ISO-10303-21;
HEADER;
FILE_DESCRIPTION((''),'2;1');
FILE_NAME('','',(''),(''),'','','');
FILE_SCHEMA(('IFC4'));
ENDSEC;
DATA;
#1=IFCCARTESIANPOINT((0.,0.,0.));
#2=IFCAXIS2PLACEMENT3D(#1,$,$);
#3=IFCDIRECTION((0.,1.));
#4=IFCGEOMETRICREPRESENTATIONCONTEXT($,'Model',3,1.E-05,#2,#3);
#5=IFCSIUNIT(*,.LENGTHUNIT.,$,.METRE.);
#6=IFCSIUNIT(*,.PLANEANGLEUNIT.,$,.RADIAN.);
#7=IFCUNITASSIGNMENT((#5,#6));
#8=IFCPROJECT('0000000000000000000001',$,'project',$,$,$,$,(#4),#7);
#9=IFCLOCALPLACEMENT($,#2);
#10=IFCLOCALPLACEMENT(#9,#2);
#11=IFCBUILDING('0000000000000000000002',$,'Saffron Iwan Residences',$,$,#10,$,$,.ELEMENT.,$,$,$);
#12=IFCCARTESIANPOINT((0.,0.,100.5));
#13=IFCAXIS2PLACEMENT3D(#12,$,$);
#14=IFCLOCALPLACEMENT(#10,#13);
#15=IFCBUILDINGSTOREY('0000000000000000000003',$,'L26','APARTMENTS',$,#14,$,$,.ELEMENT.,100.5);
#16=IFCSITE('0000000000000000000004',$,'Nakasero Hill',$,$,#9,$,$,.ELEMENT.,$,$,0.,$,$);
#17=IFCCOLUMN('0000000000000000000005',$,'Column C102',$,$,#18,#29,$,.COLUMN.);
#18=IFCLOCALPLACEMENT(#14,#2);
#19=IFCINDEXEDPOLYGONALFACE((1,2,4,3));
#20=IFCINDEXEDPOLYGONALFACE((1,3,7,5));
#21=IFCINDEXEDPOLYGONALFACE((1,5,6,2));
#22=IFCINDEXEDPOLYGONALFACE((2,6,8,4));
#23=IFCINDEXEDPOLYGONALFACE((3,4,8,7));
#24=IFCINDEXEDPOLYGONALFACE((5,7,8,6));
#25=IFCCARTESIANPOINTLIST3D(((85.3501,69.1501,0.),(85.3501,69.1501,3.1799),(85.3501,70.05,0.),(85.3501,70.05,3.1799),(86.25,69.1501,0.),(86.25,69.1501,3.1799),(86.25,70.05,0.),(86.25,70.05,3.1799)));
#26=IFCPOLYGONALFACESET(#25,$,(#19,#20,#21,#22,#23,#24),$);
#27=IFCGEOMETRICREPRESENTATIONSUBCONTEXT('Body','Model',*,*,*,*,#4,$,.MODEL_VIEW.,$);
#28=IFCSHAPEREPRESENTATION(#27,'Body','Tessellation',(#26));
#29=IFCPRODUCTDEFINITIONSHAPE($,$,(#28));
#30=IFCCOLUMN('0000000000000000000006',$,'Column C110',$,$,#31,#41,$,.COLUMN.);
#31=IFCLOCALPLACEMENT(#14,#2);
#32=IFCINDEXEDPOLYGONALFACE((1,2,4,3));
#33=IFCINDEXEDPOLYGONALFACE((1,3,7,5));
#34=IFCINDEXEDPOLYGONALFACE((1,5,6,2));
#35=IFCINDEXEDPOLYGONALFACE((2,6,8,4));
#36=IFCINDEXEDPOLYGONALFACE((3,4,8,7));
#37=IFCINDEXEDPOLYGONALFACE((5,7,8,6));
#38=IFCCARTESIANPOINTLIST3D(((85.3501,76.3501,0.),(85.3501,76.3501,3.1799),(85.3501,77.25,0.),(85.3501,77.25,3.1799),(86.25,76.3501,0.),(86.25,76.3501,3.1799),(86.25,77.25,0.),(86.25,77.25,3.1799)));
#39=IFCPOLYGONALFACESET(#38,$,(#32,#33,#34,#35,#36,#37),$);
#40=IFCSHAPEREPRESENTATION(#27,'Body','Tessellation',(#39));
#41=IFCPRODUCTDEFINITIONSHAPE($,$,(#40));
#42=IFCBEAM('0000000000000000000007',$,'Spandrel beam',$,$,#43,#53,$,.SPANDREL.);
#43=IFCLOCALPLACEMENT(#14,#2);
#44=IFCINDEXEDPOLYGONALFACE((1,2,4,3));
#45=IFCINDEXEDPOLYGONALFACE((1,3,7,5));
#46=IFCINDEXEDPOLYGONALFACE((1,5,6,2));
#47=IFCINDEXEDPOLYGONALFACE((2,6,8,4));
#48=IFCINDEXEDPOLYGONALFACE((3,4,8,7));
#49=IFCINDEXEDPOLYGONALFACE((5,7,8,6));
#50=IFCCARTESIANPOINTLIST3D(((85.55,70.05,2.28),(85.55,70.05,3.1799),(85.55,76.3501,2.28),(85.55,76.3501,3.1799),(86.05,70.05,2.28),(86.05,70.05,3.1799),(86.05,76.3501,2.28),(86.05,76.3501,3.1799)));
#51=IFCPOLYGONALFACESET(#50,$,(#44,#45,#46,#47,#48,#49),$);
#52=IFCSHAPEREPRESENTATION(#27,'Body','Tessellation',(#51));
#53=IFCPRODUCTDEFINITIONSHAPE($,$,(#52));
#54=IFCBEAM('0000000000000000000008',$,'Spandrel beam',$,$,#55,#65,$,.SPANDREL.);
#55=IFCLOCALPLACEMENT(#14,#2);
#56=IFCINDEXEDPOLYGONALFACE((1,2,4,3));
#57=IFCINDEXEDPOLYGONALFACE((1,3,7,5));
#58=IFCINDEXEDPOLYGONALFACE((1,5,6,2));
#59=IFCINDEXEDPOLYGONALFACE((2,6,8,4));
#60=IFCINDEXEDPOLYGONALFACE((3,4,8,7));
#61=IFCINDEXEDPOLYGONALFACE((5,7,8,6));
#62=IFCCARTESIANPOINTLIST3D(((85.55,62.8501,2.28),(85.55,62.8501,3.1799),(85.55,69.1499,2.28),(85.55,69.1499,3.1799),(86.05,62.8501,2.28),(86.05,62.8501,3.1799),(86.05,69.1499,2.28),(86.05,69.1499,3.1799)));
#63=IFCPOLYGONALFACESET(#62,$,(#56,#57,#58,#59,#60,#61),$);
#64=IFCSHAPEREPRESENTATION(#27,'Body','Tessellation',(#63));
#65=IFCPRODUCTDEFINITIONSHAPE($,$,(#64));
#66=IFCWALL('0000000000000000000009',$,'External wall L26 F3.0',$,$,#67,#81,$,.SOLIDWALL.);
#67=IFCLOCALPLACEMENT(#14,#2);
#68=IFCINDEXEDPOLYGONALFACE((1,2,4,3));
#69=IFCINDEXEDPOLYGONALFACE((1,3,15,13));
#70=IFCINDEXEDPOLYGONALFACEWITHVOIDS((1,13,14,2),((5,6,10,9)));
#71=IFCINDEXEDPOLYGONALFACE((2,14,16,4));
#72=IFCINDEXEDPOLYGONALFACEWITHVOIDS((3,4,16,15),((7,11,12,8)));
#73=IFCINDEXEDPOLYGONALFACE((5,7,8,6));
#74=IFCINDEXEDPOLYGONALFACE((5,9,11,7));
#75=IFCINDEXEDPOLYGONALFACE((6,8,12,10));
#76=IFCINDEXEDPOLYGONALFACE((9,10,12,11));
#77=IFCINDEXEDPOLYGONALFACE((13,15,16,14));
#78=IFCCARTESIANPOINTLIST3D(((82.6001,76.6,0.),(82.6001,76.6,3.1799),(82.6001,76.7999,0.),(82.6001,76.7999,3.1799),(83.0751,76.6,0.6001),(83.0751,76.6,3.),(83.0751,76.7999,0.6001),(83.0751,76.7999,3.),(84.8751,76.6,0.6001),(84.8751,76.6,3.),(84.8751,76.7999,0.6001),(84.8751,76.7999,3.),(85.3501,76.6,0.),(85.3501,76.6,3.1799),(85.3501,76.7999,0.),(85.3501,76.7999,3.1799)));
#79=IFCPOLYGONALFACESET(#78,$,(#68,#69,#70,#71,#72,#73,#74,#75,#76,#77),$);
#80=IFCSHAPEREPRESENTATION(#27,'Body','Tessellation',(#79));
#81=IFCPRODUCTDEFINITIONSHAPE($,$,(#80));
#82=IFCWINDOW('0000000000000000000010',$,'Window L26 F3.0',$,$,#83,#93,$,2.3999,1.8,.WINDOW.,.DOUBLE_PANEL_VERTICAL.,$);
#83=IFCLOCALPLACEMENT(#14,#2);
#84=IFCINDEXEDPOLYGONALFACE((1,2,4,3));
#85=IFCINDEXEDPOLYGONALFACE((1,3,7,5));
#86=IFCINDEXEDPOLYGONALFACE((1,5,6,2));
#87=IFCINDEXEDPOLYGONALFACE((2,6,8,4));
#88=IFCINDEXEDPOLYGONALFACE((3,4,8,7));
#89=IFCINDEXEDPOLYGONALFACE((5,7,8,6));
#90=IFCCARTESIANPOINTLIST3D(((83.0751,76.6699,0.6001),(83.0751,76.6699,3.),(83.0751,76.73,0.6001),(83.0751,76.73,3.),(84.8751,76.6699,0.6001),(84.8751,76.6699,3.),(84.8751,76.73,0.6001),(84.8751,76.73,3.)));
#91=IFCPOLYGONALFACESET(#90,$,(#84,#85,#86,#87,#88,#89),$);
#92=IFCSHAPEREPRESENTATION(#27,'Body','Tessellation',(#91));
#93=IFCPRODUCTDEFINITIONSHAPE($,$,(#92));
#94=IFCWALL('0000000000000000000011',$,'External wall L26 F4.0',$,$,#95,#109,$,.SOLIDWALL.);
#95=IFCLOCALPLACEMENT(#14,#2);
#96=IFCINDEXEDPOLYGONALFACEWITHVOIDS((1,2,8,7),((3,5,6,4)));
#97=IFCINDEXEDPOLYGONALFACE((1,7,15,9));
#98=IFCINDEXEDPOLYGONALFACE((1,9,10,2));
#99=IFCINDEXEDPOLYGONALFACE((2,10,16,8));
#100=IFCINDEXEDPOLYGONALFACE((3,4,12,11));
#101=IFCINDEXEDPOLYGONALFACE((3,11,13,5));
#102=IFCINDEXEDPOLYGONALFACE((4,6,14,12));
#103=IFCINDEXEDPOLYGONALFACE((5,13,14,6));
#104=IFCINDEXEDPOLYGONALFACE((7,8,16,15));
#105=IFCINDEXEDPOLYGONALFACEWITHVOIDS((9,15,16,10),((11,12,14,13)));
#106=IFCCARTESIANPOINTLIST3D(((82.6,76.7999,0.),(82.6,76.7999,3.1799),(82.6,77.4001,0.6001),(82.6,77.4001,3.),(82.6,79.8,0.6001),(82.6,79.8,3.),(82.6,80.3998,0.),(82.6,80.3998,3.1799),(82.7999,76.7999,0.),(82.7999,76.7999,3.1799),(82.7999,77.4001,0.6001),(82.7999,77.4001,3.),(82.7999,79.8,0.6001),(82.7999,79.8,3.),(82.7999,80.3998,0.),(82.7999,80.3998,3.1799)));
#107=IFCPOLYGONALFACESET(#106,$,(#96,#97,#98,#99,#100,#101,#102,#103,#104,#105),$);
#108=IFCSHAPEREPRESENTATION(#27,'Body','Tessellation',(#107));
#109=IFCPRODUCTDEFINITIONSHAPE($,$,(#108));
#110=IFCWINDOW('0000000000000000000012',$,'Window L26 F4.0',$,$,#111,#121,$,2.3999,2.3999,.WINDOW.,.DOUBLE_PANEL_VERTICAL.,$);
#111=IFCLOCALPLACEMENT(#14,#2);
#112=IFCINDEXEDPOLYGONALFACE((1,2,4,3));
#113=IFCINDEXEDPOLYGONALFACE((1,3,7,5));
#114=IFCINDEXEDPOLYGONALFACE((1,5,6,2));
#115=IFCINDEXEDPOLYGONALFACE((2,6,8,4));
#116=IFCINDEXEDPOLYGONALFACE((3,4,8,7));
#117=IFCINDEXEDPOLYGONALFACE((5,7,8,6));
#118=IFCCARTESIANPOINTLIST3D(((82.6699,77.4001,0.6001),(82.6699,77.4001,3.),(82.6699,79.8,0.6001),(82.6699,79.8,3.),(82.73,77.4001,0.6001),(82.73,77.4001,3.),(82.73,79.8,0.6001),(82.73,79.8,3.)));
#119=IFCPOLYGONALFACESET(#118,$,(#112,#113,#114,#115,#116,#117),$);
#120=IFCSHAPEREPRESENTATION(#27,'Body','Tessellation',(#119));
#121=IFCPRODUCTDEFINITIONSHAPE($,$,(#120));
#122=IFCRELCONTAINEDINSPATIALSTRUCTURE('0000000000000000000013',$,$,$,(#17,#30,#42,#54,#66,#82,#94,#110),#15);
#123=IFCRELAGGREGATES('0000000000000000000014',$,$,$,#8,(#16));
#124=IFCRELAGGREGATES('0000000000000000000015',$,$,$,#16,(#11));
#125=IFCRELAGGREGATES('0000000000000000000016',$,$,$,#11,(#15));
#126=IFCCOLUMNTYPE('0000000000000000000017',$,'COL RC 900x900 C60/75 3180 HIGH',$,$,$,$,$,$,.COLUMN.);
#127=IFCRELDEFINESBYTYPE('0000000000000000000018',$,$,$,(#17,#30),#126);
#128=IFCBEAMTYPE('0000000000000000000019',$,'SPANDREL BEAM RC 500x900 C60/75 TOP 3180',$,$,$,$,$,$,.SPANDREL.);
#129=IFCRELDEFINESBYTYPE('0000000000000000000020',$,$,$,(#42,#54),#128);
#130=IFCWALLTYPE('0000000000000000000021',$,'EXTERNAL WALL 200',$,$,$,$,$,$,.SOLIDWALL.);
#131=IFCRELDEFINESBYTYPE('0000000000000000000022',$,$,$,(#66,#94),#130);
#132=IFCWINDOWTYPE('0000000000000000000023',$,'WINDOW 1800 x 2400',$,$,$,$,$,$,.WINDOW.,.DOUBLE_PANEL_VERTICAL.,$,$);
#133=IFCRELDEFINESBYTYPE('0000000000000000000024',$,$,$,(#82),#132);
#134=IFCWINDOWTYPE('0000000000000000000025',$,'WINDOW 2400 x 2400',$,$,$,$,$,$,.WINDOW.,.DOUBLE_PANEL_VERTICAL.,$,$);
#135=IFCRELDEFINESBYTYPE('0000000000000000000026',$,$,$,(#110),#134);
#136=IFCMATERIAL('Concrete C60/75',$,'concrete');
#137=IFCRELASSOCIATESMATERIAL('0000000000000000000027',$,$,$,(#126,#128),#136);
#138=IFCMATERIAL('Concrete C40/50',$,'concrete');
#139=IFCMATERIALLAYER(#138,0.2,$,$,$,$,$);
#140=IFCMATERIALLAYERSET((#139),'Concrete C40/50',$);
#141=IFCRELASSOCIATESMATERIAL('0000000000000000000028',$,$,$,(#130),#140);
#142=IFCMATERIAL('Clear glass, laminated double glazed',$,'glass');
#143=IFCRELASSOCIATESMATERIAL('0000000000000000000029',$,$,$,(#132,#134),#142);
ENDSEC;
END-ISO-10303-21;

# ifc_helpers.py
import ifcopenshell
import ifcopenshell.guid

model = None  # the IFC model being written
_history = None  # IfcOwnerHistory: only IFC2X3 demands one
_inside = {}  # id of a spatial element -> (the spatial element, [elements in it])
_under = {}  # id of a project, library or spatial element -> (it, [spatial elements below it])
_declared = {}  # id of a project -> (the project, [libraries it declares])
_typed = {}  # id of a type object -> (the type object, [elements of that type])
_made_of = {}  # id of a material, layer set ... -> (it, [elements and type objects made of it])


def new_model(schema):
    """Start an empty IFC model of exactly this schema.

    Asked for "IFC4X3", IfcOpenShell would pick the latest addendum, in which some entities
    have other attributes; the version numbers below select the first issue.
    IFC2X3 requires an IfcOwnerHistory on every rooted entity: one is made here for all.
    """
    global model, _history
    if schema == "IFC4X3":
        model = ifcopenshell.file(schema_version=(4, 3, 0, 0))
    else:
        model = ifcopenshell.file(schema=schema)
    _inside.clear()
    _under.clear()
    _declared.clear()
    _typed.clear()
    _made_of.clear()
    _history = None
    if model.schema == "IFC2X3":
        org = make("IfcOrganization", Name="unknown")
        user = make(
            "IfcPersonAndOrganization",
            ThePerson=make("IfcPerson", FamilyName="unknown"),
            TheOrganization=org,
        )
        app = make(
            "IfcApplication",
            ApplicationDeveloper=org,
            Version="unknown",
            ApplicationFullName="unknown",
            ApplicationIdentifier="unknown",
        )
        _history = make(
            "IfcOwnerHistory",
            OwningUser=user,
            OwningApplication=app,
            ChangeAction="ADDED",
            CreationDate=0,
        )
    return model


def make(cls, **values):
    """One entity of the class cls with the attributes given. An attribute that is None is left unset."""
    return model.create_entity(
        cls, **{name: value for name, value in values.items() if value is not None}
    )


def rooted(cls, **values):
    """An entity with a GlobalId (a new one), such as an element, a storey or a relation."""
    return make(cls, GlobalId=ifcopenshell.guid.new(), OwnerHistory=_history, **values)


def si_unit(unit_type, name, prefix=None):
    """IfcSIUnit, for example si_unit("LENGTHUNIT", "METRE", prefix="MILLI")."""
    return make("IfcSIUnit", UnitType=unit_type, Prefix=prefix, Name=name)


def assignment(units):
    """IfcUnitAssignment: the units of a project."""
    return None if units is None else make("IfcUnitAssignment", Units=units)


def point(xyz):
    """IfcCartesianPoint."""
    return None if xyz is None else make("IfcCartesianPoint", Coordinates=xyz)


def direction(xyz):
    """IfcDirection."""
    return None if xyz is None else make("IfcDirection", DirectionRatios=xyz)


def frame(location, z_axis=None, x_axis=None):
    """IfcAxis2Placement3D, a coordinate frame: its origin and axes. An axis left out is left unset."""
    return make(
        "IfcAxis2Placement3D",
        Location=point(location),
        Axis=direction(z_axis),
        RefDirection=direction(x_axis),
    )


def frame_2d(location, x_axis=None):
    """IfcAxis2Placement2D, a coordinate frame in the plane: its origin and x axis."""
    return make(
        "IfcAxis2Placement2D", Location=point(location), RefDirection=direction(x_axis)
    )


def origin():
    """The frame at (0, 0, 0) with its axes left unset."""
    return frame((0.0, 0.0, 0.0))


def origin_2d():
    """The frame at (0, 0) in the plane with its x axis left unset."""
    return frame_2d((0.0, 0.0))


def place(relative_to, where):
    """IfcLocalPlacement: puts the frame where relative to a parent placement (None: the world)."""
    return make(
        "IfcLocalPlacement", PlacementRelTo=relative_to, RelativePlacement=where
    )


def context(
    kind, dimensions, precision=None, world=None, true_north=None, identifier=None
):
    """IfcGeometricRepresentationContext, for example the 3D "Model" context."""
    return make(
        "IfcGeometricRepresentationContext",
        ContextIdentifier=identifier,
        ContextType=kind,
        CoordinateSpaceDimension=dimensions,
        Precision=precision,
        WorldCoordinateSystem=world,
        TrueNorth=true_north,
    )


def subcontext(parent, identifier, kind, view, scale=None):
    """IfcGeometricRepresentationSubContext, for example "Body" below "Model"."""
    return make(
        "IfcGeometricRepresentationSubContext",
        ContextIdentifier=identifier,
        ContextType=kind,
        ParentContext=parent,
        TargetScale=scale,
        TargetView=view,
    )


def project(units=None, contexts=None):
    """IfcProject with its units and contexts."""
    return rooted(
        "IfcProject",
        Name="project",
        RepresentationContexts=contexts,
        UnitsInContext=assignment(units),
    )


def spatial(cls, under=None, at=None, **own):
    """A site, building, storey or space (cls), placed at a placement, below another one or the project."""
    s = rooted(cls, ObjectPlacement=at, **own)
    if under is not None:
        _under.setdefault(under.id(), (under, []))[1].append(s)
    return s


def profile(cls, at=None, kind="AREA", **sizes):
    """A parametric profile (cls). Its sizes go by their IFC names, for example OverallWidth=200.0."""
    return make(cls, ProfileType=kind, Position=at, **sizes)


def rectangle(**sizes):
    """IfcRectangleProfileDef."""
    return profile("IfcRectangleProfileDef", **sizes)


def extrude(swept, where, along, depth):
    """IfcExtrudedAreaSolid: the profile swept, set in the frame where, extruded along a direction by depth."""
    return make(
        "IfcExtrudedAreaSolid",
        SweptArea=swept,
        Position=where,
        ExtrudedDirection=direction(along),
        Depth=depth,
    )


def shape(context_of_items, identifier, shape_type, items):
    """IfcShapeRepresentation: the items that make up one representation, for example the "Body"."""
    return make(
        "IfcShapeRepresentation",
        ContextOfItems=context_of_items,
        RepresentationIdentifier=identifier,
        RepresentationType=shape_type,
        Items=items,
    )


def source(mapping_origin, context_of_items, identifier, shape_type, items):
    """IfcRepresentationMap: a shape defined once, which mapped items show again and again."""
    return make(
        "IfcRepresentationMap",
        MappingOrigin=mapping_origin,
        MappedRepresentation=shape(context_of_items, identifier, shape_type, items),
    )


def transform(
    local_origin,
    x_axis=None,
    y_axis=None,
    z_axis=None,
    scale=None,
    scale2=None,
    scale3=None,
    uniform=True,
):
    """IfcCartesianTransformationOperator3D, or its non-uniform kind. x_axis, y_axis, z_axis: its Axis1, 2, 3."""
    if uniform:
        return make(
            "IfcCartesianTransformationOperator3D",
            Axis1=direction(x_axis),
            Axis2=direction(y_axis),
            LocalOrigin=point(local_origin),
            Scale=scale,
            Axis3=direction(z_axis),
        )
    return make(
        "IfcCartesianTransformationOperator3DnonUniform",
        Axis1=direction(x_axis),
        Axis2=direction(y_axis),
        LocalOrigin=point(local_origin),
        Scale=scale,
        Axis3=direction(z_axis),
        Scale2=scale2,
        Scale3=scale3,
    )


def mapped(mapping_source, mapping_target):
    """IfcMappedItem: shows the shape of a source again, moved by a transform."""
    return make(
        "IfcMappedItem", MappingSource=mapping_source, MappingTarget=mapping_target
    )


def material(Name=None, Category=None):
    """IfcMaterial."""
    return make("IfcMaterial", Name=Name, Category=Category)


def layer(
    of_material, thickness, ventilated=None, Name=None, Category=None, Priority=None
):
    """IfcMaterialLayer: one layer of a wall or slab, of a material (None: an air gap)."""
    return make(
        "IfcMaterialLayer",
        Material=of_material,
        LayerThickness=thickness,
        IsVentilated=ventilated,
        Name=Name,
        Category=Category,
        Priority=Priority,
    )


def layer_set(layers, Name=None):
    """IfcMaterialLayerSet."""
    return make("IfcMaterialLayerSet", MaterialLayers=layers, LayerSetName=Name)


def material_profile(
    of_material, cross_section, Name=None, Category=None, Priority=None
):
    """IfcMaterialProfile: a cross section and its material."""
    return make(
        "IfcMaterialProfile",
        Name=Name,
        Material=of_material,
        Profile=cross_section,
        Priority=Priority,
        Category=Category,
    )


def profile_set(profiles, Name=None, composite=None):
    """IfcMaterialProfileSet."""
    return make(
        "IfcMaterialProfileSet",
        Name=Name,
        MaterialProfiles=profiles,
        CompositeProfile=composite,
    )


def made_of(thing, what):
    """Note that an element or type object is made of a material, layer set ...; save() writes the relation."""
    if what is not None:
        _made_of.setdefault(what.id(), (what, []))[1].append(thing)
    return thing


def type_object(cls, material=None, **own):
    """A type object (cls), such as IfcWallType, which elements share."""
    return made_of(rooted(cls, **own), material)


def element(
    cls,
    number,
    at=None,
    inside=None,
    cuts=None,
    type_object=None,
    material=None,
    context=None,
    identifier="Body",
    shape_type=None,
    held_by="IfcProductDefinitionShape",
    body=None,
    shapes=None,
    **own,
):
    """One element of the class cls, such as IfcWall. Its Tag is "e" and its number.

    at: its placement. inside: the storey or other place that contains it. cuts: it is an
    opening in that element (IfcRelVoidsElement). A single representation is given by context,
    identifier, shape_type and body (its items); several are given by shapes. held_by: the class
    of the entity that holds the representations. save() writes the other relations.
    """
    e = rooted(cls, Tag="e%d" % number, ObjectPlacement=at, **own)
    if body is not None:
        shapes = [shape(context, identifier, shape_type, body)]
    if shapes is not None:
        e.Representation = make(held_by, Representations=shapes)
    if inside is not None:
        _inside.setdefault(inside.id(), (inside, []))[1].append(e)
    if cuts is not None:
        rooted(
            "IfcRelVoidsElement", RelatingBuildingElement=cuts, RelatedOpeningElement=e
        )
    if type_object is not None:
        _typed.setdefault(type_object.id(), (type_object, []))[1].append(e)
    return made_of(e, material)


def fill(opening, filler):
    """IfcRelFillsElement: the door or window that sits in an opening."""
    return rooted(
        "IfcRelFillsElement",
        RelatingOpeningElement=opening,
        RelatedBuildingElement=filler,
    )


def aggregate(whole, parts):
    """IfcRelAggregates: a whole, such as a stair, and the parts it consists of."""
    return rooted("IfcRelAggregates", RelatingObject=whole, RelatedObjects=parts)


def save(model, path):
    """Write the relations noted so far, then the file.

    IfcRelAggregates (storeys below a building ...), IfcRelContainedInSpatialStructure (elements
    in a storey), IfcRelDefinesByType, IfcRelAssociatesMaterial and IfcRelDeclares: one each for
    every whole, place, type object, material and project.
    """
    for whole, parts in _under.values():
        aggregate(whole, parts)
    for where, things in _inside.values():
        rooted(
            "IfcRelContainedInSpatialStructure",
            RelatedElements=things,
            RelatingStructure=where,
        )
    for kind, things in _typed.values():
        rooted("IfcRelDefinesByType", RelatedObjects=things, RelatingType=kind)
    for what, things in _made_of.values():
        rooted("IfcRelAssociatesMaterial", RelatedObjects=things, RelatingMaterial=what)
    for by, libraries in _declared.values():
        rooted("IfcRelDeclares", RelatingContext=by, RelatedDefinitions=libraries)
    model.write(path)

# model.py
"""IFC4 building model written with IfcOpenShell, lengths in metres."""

from ifc_helpers import new_model, si_unit, direction, frame, frame_2d, origin, origin_2d, place, context, subcontext, project, spatial, rectangle, extrude, source, transform, mapped, material, layer, layer_set, material_profile, profile_set, type_object, element, fill, save


model = new_model("IFC4")

# Units and contexts
model_context = context("Model", 3, precision=1e-05, world=origin(), true_north=direction((0.0, 1.0)))
body_context = subcontext(model_context, "Body", "Model", "MODEL_VIEW")
ifc_project = project(units=[si_unit("LENGTHUNIT", "METRE"), si_unit("PLANEANGLEUNIT", "RADIAN")], contexts=[model_context])

# Site, building, storey
site_placement = place(None, origin())
site = spatial("IfcSite", under=ifc_project, at=site_placement, Name="Nakasero Hill", CompositionType="ELEMENT", RefElevation=0.0)
building_placement = place(site_placement, origin())
building = spatial("IfcBuilding", under=site, at=building_placement, Name="Saffron Iwan Residences", CompositionType="ELEMENT")
storey_placement = place(building_placement, frame((0.0, 0.0, 100.5)))
storey = spatial("IfcBuildingStorey", under=building, at=storey_placement, Name="L26", Description="APARTMENTS", CompositionType="ELEMENT", Elevation=100.5)

# Columns
ifc_material_1 = material(Name="Concrete C60/75", Category="concrete")
ifc_material_profile_1 = material_profile(ifc_material_1, rectangle(XDim=0.8999, YDim=0.8999, at=origin_2d()), Name="RC 900x900")
ifc_profile_set_1 = profile_set([ifc_material_profile_1], Name="Concrete C60/75")
column_type = type_object("IfcColumnType", Name="COL RC 900x900 C60/75 3180 HIGH", PredefinedType="COLUMN", material=ifc_profile_set_1)
shared_shape_1 = source(origin(), body_context, "Body", "SweptSolid", [
    extrude(rectangle(XDim=0.8999, YDim=0.8999, at=origin_2d()), origin(), (0.0, 0.0, 1.0), 3.1799),
])
for number, where, z_axis, x_axis, name in (
    (1, (85.8, 69.6001, 0.0), (0.0, 0.0, 1.0), (1.0, 0.0, 0.0), "Column C102"),
    (2, (85.8, 76.8, 0.0), (0.0, 0.0, 1.0), (1.0, 0.0, 0.0), "Column C110"),
):
    element("IfcColumn", number, at=place(storey_placement, frame(where, z_axis=z_axis, x_axis=x_axis)), inside=storey, type_object=column_type, Name=name, PredefinedType="COLUMN", context=body_context, shape_type="MappedRepresentation", body=[
        mapped(shared_shape_1, transform((0.0, 0.0, 0.0))),
    ])

# Beams
ifc_material_profile_2 = material_profile(ifc_material_1, rectangle(XDim=0.5, YDim=0.8999, at=origin_2d()), Name="RC 500x900")
ifc_profile_set_2 = profile_set([ifc_material_profile_2], Name="Concrete C60/75")
beam_type = type_object("IfcBeamType", Name="SPANDREL BEAM RC 500x900 C60/75 TOP 3180", PredefinedType="SPANDREL", material=ifc_profile_set_2)
shared_shape_2 = source(origin(), body_context, "Body", "SweptSolid", [
    extrude(rectangle(XDim=0.5, YDim=0.8999, at=origin_2d()), origin(), (0.0, 0.0, 1.0), 6.3),
])
beam_1_placement = place(storey_placement, frame((85.8, 76.3501, 2.73), z_axis=(0.0, -1.0, 0.0), x_axis=(1.0, 0.0, 0.0)))
element("IfcBeam", 3, at=beam_1_placement, inside=storey, type_object=beam_type, Name="Spandrel beam", PredefinedType="SPANDREL", context=body_context, shape_type="MappedRepresentation", body=[
    mapped(shared_shape_2, transform((0.0, 0.0, 0.0))),
])
shared_shape_3 = source(origin(), body_context, "Body", "SweptSolid", [
    extrude(rectangle(XDim=0.5, YDim=0.8999, at=origin_2d()), origin(), (0.0, 0.0, 1.0), 6.2998),
])
beam_2_placement = place(storey_placement, frame((85.8, 69.1499, 2.73), z_axis=(0.0, -1.0, 0.0), x_axis=(1.0, 0.0, 0.0)))
element("IfcBeam", 4, at=beam_2_placement, inside=storey, type_object=beam_type, Name="Spandrel beam", PredefinedType="SPANDREL", context=body_context, shape_type="MappedRepresentation", body=[
    mapped(shared_shape_3, transform((0.0, 0.0, 0.0))),
])

# Walls, openings, windows
ifc_material_2 = material(Name="Concrete C40/50", Category="concrete")
ifc_layer = layer(ifc_material_2, 0.2)
ifc_layer_set = layer_set([ifc_layer], Name="Concrete C40/50")
wall_type = type_object("IfcWallType", Name="EXTERNAL WALL 200", PredefinedType="SOLIDWALL", material=ifc_layer_set)
wall_1_placement = place(storey_placement, frame((85.3501, 76.7, 0.0), z_axis=(0.0, 0.0, 1.0), x_axis=(-1.0, 0.0, 0.0)))
wall_1 = element("IfcWall", 5, at=wall_1_placement, inside=storey, type_object=wall_type, Name="External wall L26 F3.0", PredefinedType="SOLIDWALL", context=body_context, shape_type="SweptSolid", body=[
    extrude(rectangle(XDim=2.75, YDim=0.2, at=frame_2d((1.375, 0.0))), origin(), (0.0, 0.0, 1.0), 3.1799),
])
opening_1_placement = place(wall_1_placement, frame((0.4751, 0.0, 0.6001)))
opening_1 = element("IfcOpeningElement", 6, at=opening_1_placement, cuts=wall_1, PredefinedType="OPENING", context=body_context, shape_type="SweptSolid", body=[
    extrude(rectangle(XDim=1.8, YDim=2.3999, at=frame_2d((0.8999, 1.2))), frame((0.0, 0.1099, 0.0), z_axis=(0.0, -1.0, 0.0), x_axis=(1.0, 0.0, 0.0)), (0.0, 0.0, 1.0), 0.22),
])
ifc_material_3 = material(Name="Clear glass, laminated double glazed", Category="glass")
window_type_1 = type_object("IfcWindowType", Name="WINDOW 1800 x 2400", PartitioningType="DOUBLE_PANEL_VERTICAL", PredefinedType="WINDOW", material=ifc_material_3)
window_1_placement = place(opening_1_placement, origin())
window_1 = element("IfcWindow", 7, at=window_1_placement, inside=storey, type_object=window_type_1, Name="Window L26 F3.0", OverallHeight=2.3999, OverallWidth=1.8, PartitioningType="DOUBLE_PANEL_VERTICAL", PredefinedType="WINDOW", context=body_context, shape_type="SweptSolid", body=[
    extrude(rectangle(XDim=1.8, YDim=2.3999, at=frame_2d((0.8999, 1.2))), frame((0.0, 0.03, 0.0), z_axis=(0.0, -1.0, 0.0), x_axis=(1.0, 0.0, 0.0)), (0.0, 0.0, 1.0), 0.0601),
])
fill(opening_1, window_1)
wall_2_placement = place(storey_placement, frame((82.7, 76.8, 0.0), z_axis=(0.0, 0.0, 1.0), x_axis=(0.0, 1.0, 0.0)))
wall_2 = element("IfcWall", 8, at=wall_2_placement, inside=storey, type_object=wall_type, Name="External wall L26 F4.0", PredefinedType="SOLIDWALL", context=body_context, shape_type="SweptSolid", body=[
    extrude(rectangle(XDim=3.5999, YDim=0.2, at=frame_2d((1.7998, 0.0))), origin(), (0.0, 0.0, 1.0), 3.1799),
])
opening_2_placement = place(wall_2_placement, frame((0.6001, 0.0, 0.6001)))
opening_2 = element("IfcOpeningElement", 9, at=opening_2_placement, cuts=wall_2, PredefinedType="OPENING", context=body_context, shape_type="SweptSolid", body=[
    extrude(rectangle(XDim=2.3999, YDim=2.3999, at=frame_2d((1.2, 1.2))), frame((0.0, 0.1099, 0.0), z_axis=(0.0, -1.0, 0.0), x_axis=(1.0, 0.0, 0.0)), (0.0, 0.0, 1.0), 0.22),
])
window_type_2 = type_object("IfcWindowType", Name="WINDOW 2400 x 2400", PartitioningType="DOUBLE_PANEL_VERTICAL", PredefinedType="WINDOW", material=ifc_material_3)
window_2_placement = place(opening_2_placement, origin())
window_2 = element("IfcWindow", 10, at=window_2_placement, inside=storey, type_object=window_type_2, Name="Window L26 F4.0", OverallHeight=2.3999, OverallWidth=2.3999, PartitioningType="DOUBLE_PANEL_VERTICAL", PredefinedType="WINDOW", context=body_context, shape_type="SweptSolid", body=[
    extrude(rectangle(XDim=2.3999, YDim=2.3999, at=frame_2d((1.2, 1.2))), frame((0.0, 0.03, 0.0), z_axis=(0.0, -1.0, 0.0), x_axis=(1.0, 0.0, 0.0)), (0.0, 0.0, 1.0), 0.0601),
])
fill(opening_2, window_2)

save(model, "model.ifc")
